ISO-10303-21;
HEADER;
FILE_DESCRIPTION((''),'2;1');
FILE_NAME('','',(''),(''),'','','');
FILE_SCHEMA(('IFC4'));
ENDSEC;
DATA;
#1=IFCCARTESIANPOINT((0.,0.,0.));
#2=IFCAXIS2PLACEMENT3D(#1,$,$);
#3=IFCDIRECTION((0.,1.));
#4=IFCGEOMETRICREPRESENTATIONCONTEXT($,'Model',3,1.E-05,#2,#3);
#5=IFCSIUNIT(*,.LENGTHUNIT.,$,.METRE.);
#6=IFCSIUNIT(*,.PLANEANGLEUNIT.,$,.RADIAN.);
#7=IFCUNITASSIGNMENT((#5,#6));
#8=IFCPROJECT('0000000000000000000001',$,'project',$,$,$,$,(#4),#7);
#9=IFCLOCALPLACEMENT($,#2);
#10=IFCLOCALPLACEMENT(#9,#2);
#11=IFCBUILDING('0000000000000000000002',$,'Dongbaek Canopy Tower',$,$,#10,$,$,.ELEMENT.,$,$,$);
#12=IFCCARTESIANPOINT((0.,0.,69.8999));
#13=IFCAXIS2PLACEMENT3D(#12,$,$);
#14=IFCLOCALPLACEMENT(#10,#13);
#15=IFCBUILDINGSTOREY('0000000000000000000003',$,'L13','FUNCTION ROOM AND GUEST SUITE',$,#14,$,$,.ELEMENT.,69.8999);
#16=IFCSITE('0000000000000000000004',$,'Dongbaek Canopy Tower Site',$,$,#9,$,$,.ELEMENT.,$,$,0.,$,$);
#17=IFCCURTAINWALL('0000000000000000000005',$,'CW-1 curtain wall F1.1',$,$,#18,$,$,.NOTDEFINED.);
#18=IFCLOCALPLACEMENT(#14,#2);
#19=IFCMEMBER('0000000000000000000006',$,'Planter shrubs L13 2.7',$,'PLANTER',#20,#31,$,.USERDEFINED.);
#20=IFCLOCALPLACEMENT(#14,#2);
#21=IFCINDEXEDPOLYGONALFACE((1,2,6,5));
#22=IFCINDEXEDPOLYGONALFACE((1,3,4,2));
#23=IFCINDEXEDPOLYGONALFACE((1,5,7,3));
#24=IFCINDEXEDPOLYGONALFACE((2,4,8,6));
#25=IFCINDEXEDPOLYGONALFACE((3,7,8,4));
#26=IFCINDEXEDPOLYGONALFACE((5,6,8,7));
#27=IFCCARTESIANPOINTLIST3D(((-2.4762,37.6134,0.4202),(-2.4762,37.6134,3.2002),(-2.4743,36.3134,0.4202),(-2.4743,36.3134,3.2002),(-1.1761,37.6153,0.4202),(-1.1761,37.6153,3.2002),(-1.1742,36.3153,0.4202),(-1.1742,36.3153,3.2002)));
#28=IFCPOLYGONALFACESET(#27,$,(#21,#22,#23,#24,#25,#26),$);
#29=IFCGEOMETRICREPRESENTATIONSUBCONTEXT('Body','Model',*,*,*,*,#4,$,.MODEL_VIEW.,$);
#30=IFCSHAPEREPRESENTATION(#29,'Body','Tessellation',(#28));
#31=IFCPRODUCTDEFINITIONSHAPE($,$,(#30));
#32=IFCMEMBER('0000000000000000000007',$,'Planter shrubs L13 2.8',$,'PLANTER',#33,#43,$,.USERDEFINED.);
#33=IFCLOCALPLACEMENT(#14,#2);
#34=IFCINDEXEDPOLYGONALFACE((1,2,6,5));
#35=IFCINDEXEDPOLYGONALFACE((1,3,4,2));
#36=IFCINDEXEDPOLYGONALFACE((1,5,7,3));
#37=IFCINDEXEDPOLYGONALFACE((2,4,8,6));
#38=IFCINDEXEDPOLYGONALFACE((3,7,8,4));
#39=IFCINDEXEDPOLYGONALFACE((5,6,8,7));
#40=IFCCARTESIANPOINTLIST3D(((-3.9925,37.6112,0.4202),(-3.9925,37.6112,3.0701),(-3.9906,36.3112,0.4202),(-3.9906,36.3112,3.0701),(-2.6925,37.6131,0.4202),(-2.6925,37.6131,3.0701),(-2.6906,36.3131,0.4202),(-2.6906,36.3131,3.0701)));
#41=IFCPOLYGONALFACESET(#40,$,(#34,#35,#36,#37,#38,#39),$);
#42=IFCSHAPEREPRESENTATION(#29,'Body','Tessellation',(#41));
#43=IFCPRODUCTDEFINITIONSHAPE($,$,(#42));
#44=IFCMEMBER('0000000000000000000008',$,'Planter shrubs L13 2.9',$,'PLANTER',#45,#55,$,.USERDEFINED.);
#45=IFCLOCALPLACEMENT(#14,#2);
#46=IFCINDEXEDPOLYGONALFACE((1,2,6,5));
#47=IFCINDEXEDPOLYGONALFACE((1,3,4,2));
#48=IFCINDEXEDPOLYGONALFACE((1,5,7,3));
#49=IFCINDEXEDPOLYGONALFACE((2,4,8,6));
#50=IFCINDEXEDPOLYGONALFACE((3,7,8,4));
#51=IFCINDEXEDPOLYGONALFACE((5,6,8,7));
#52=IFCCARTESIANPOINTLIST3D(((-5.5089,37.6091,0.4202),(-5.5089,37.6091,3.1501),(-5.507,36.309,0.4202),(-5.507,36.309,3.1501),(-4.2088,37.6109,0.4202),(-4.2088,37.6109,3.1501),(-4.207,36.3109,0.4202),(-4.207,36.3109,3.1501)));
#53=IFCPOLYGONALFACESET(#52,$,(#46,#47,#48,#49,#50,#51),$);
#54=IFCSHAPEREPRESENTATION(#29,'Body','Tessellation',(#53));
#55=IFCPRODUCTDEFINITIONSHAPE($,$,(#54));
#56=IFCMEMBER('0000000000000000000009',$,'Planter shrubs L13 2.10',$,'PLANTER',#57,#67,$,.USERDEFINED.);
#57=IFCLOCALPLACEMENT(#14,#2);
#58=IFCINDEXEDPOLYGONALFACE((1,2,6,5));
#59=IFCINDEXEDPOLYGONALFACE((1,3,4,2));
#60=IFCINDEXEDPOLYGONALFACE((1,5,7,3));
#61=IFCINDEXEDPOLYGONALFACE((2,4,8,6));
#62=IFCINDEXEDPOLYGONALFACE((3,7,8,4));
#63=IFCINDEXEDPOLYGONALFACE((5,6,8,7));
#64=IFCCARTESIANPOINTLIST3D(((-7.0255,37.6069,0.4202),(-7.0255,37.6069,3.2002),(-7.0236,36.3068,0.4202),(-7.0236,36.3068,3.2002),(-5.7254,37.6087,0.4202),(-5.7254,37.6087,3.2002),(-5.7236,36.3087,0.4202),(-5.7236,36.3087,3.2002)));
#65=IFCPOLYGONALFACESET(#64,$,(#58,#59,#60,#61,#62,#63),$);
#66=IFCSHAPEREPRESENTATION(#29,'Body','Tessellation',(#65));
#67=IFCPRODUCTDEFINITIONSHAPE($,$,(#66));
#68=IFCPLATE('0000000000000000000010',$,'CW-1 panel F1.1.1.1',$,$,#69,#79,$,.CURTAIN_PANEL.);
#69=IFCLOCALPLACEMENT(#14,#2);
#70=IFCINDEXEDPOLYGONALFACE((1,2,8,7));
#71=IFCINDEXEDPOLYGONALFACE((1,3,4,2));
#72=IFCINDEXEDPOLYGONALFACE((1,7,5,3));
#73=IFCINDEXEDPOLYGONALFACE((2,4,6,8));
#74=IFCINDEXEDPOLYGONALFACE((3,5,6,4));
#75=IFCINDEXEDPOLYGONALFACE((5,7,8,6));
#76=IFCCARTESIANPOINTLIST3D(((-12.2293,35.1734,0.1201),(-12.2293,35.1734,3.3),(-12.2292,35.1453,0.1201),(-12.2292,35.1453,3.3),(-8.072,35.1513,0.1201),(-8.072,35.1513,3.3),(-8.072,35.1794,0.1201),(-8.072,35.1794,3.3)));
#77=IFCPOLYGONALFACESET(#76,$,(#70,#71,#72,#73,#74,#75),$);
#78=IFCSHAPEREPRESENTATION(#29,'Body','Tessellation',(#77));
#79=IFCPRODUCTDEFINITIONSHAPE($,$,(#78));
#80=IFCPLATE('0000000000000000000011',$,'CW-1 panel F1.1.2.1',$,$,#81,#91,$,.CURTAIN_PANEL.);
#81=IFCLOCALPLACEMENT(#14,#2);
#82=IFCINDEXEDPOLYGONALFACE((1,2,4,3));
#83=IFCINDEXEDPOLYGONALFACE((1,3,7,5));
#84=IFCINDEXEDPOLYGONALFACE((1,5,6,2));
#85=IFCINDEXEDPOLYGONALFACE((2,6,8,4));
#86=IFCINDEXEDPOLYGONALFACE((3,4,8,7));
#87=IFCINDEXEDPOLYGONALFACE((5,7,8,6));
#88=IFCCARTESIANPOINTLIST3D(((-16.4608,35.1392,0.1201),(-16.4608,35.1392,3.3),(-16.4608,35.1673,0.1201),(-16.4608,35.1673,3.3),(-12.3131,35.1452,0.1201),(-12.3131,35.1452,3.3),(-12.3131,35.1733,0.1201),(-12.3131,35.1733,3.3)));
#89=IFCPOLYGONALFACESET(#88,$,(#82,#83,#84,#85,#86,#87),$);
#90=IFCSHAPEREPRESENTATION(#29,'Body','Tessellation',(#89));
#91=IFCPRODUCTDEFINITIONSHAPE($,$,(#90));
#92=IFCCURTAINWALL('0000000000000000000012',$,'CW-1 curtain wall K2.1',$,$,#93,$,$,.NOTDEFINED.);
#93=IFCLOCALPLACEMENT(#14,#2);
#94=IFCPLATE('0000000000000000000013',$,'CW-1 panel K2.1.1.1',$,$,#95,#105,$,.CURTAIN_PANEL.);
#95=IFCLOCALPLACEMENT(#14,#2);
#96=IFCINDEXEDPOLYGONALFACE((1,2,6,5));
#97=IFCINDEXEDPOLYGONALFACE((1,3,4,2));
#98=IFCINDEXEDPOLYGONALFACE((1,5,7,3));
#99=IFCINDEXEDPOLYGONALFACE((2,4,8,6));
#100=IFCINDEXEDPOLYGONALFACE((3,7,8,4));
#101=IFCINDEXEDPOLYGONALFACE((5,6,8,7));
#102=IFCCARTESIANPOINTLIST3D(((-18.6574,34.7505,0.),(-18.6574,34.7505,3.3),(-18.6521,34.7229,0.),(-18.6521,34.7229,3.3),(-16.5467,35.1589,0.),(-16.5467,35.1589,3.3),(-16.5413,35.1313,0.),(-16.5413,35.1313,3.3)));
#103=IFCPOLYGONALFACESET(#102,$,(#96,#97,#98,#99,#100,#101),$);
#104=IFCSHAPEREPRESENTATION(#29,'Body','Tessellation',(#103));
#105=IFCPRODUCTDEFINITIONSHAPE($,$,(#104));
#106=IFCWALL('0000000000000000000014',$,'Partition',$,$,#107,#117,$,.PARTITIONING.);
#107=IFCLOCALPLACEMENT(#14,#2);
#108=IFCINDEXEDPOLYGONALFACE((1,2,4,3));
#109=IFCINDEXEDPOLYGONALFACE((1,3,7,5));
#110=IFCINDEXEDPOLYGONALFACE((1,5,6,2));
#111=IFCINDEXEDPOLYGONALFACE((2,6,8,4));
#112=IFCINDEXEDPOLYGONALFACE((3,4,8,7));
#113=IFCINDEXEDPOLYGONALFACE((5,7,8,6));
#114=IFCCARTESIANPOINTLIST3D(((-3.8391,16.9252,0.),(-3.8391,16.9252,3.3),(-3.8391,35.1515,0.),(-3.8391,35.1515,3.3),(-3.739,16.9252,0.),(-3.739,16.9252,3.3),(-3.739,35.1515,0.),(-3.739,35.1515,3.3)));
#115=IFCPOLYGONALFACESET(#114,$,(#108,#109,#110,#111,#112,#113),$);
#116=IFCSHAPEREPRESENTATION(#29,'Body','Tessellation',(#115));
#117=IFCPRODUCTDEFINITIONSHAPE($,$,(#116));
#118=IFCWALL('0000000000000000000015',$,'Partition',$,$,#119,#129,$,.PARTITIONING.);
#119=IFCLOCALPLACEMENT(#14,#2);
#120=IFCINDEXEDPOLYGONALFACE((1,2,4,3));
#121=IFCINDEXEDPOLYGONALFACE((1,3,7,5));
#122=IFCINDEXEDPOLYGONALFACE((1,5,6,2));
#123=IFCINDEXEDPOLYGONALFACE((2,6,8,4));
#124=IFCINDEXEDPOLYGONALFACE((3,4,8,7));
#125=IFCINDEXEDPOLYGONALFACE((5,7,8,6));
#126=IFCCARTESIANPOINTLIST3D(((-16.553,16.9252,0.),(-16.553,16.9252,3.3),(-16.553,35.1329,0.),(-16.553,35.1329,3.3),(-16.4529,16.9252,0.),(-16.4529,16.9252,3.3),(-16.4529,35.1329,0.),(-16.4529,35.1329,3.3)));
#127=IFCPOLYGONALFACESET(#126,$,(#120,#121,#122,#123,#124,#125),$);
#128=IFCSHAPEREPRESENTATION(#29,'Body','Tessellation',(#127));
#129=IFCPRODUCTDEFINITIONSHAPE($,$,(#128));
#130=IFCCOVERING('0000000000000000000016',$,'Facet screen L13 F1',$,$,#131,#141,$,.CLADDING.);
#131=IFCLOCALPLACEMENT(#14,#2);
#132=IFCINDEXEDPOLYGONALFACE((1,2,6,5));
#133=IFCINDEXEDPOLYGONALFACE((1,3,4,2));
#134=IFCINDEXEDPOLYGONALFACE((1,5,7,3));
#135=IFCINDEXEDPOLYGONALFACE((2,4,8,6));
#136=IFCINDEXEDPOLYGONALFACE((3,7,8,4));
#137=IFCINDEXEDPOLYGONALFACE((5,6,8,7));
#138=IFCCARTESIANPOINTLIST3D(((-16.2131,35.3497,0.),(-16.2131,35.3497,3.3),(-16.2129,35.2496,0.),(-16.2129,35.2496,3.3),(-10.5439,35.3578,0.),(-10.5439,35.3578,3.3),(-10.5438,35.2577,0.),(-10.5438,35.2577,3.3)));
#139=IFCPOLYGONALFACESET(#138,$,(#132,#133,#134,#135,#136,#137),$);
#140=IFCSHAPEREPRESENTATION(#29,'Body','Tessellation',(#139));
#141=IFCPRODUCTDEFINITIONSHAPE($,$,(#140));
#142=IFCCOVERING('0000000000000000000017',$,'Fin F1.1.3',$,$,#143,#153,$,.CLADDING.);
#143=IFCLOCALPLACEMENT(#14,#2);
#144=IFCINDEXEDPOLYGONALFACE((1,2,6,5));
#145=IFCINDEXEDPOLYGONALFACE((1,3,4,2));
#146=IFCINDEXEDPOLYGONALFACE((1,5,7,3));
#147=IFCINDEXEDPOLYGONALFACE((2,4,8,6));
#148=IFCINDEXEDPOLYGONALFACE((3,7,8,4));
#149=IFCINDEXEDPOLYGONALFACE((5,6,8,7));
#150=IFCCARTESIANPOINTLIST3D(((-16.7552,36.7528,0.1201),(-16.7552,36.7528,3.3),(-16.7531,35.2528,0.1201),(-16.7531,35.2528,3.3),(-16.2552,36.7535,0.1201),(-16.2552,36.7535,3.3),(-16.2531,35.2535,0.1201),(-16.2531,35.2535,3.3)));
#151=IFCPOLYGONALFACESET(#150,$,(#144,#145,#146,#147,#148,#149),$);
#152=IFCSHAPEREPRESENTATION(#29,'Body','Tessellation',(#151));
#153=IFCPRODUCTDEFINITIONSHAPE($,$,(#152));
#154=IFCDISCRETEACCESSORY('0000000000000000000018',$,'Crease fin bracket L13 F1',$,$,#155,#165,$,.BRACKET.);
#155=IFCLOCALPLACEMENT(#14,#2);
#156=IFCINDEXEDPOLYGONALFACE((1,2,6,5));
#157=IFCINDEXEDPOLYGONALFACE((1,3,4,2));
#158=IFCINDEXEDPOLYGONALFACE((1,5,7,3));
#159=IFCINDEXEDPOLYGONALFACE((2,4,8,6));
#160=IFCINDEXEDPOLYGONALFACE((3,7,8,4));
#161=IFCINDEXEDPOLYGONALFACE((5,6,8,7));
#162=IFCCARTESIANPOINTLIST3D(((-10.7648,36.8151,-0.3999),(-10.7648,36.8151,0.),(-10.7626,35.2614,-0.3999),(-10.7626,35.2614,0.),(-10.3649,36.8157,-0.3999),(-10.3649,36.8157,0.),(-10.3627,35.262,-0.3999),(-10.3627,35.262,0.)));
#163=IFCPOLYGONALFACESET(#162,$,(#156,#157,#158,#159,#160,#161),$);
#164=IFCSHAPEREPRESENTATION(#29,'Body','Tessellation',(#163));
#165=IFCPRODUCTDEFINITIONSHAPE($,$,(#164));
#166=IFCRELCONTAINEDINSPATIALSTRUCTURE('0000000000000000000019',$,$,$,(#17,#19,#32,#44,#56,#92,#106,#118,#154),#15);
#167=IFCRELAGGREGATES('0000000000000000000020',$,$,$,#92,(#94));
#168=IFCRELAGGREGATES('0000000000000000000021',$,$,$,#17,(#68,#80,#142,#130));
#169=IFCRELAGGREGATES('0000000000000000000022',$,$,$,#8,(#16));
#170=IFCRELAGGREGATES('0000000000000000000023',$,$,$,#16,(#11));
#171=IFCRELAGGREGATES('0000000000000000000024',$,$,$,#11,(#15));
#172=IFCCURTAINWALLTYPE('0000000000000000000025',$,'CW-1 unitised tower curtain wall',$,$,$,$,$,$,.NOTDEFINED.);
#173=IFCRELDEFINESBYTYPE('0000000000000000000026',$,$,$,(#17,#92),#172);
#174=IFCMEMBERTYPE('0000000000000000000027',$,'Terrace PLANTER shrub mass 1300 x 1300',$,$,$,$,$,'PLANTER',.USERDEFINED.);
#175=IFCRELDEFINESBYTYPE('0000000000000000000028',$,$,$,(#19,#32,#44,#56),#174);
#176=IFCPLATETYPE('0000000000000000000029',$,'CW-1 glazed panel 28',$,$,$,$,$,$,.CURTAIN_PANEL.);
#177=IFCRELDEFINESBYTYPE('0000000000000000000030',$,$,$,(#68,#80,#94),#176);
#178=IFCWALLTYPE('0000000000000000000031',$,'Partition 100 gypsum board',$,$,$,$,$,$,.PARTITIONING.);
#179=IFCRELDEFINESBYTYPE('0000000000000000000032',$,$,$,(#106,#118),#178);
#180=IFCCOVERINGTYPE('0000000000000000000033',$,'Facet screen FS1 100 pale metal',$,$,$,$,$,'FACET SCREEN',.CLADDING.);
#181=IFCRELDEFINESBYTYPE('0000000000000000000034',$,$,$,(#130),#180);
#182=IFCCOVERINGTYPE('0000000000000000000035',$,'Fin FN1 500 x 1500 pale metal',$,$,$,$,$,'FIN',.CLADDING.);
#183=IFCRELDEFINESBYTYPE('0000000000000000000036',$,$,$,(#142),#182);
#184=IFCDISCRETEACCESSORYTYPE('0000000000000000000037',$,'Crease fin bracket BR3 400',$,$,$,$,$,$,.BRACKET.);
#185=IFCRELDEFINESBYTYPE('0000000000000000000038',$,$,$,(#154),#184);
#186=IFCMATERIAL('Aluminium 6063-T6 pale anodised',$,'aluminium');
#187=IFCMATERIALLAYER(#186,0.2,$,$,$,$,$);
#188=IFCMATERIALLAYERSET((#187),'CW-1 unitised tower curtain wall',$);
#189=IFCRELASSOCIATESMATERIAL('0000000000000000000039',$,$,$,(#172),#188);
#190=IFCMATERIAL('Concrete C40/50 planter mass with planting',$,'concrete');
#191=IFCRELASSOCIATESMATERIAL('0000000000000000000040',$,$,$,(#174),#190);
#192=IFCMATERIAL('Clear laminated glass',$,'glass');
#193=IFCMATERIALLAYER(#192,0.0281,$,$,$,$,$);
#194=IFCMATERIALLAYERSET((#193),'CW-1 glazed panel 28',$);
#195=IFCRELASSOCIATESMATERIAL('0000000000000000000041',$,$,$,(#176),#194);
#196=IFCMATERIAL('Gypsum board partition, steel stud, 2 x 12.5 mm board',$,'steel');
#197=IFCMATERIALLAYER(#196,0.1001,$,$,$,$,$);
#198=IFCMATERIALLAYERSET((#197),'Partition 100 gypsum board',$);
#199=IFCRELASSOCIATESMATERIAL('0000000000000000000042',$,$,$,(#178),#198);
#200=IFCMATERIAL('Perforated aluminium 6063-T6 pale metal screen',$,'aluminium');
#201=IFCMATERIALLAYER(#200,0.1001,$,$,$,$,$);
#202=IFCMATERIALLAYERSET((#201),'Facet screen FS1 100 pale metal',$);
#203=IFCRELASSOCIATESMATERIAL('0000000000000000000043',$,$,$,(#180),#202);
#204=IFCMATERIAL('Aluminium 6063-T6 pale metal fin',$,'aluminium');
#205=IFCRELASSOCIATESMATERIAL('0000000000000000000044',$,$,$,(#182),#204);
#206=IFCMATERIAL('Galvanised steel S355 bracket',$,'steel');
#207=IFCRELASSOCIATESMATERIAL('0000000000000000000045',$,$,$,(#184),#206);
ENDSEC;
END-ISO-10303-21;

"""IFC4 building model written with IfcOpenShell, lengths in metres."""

from ifc_helpers import new_model, si_unit, direction, frame, frame_2d, origin, origin_2d, place, context, subcontext, project, spatial, rectangle, extrude, material, layer, layer_set, material_profile, profile_set, type_object, element, aggregate, save


model = new_model("IFC4")

# Units and contexts
model_context = context("Model", 3, precision=1e-05, world=origin(), true_north=direction((0.0, 1.0)))
body_context = subcontext(model_context, "Body", "Model", "MODEL_VIEW")
ifc_project = project(units=[si_unit("LENGTHUNIT", "METRE"), si_unit("PLANEANGLEUNIT", "RADIAN")], contexts=[model_context])

# Site, building, storey
site_placement = place(None, origin())
site = spatial("IfcSite", under=ifc_project, at=site_placement, Name="Dongbaek Canopy Tower Site", CompositionType="ELEMENT", RefElevation=0.0)
building_placement = place(site_placement, origin())
building = spatial("IfcBuilding", under=site, at=building_placement, Name="Dongbaek Canopy Tower", CompositionType="ELEMENT")
storey_placement = place(building_placement, frame((0.0, 0.0, 69.8999)))
storey = spatial("IfcBuildingStorey", under=building, at=storey_placement, Name="L13", Description="FUNCTION ROOM AND GUEST SUITE", CompositionType="ELEMENT", Elevation=69.8999)

# Curtain wall
ifc_material_1 = material(Name="Aluminium 6063-T6 pale anodised", Category="aluminium")
ifc_layer_1 = layer(ifc_material_1, 0.2)
ifc_layer_set_1 = layer_set([ifc_layer_1], Name="CW-1 unitised tower curtain wall")
curtain_wall_type = type_object("IfcCurtainWallType", Name="CW-1 unitised tower curtain wall", PredefinedType="NOTDEFINED", material=ifc_layer_set_1)
curtain_wall_1_placement = place(storey_placement, origin())
curtain_wall_1 = element("IfcCurtainWall", 1, at=curtain_wall_1_placement, inside=storey, type_object=curtain_wall_type, Name="CW-1 curtain wall F1.1", PredefinedType="NOTDEFINED")

# Members
ifc_material_2 = material(Name="Concrete C40/50 planter mass with planting", Category="concrete")
ifc_material_profile_1 = material_profile(ifc_material_2, rectangle(XDim=1.3, YDim=1.3, at=origin_2d()), Name="Terrace PLANTER shrub mass 1300 x 1300")
ifc_profile_set_1 = profile_set([ifc_material_profile_1], Name="Concrete C40/50 planter mass with planting")
member_type_1 = type_object("IfcMemberType", Name="Terrace PLANTER shrub mass 1300 x 1300", ElementType="PLANTER", PredefinedType="USERDEFINED", material=ifc_profile_set_1)
member_1_placement = place(storey_placement, frame((-1.8252, 36.9644, 0.4202), z_axis=(0.0, 0.0, 1.0), x_axis=(-0.001434, 0.999999, 0.0)))
element("IfcMember", 2, at=member_1_placement, inside=storey, type_object=member_type_1, Name="Planter shrubs L13 2.7", ObjectType="PLANTER", PredefinedType="USERDEFINED", context=body_context, shape_type="SweptSolid", body=[
    extrude(rectangle(XDim=1.3, YDim=1.3, at=origin_2d()), origin(), (0.0, 0.0, 1.0), 2.78),
])
member_2_placement = place(storey_placement, frame((-3.3416, 36.9622, 0.4202), z_axis=(0.0, 0.0, 1.0), x_axis=(-0.001434, 0.999999, 0.0)))
element("IfcMember", 3, at=member_2_placement, inside=storey, type_object=member_type_1, Name="Planter shrubs L13 2.8", ObjectType="PLANTER", PredefinedType="USERDEFINED", context=body_context, shape_type="SweptSolid", body=[
    extrude(rectangle(XDim=1.3, YDim=1.3, at=origin_2d()), origin(), (0.0, 0.0, 1.0), 2.6499),
])
member_3_placement = place(storey_placement, frame((-4.8579, 36.96, 0.4202), z_axis=(0.0, 0.0, 1.0), x_axis=(-0.001434, 0.999999, 0.0)))
element("IfcMember", 4, at=member_3_placement, inside=storey, type_object=member_type_1, Name="Planter shrubs L13 2.9", ObjectType="PLANTER", PredefinedType="USERDEFINED", context=body_context, shape_type="SweptSolid", body=[
    extrude(rectangle(XDim=1.3, YDim=1.3, at=origin_2d()), origin(), (0.0, 0.0, 1.0), 2.73),
])
member_4_placement = place(storey_placement, frame((-6.3745, 36.9578, 0.4202), z_axis=(0.0, 0.0, 1.0), x_axis=(-0.001434, 0.999999, 0.0)))
element("IfcMember", 5, at=member_4_placement, inside=storey, type_object=member_type_1, Name="Planter shrubs L13 2.10", ObjectType="PLANTER", PredefinedType="USERDEFINED", context=body_context, shape_type="SweptSolid", body=[
    extrude(rectangle(XDim=1.3, YDim=1.3, at=origin_2d()), origin(), (0.0, 0.0, 1.0), 2.78),
])

# Plates
ifc_material_3 = material(Name="Clear laminated glass", Category="glass")
ifc_layer_2 = layer(ifc_material_3, 0.0281)
ifc_layer_set_2 = layer_set([ifc_layer_2], Name="CW-1 glazed panel 28")
plate_type = type_object("IfcPlateType", Name="CW-1 glazed panel 28", PredefinedType="CURTAIN_PANEL", material=ifc_layer_set_2)
plate_1_placement = place(storey_placement, frame((-10.1506, 35.1624, 0.1201), z_axis=(0.0, 0.0, 1.0), x_axis=(-0.999999, -0.001434, 0.0)))
plate_1 = element("IfcPlate", 6, at=plate_1_placement, type_object=plate_type, Name="CW-1 panel F1.1.1.1", PredefinedType="CURTAIN_PANEL", context=body_context, shape_type="SweptSolid", body=[
    extrude(rectangle(XDim=4.1572, YDim=0.0281, at=origin_2d()), origin(), (0.0, 0.0, 1.0), 3.1799),
])
plate_2_placement = place(storey_placement, frame((-14.387, 35.1562, 0.1201), z_axis=(0.0, 0.0, 1.0), x_axis=(-0.999999, -0.001434, 0.0)))
plate_2 = element("IfcPlate", 7, at=plate_2_placement, type_object=plate_type, Name="CW-1 panel F1.1.2.1", PredefinedType="CURTAIN_PANEL", context=body_context, shape_type="SweptSolid", body=[
    extrude(rectangle(XDim=4.1477, YDim=0.0281, at=origin_2d()), origin(), (0.0, 0.0, 1.0), 3.1799),
])

# Curtain wall, plate
curtain_wall_2_placement = place(storey_placement, origin())
curtain_wall_2 = element("IfcCurtainWall", 8, at=curtain_wall_2_placement, inside=storey, type_object=curtain_wall_type, Name="CW-1 curtain wall K2.1", PredefinedType="NOTDEFINED")
plate_3_placement = place(storey_placement, frame((-17.5994, 34.9409, 0.0), z_axis=(0.0, 0.0, 1.0), x_axis=(-0.981793, -0.189955, 0.0)))
plate_3 = element("IfcPlate", 9, at=plate_3_placement, type_object=plate_type, Name="CW-1 panel K2.1.1.1", PredefinedType="CURTAIN_PANEL", context=body_context, shape_type="SweptSolid", body=[
    extrude(rectangle(XDim=2.1499, YDim=0.0281, at=origin_2d()), origin(), (0.0, 0.0, 1.0), 3.3),
])
aggregate(curtain_wall_2, [plate_3])

# Walls
ifc_material_4 = material(Name="Gypsum board partition, steel stud, 2 x 12.5 mm board", Category="steel")
ifc_layer_3 = layer(ifc_material_4, 0.1001)
ifc_layer_set_3 = layer_set([ifc_layer_3], Name="Partition 100 gypsum board")
wall_type = type_object("IfcWallType", Name="Partition 100 gypsum board", PredefinedType="PARTITIONING", material=ifc_layer_set_3)
wall_1_placement = place(storey_placement, frame((-3.7891, 16.925, 0.0), z_axis=(0.0, 0.0, 1.0), x_axis=(0.0, 1.0, 0.0)))
element("IfcWall", 10, at=wall_1_placement, inside=storey, type_object=wall_type, Name="Partition", PredefinedType="PARTITIONING", context=body_context, shape_type="SweptSolid", body=[
    extrude(rectangle(XDim=18.2263, YDim=0.1001, at=frame_2d((9.1133, 0.0))), origin(), (0.0, 0.0, 1.0), 3.3),
])
wall_2_placement = place(storey_placement, frame((-16.5029, 16.925, 0.0), z_axis=(0.0, 0.0, 1.0), x_axis=(0.0, 1.0, 0.0)))
element("IfcWall", 11, at=wall_2_placement, inside=storey, type_object=wall_type, Name="Partition", PredefinedType="PARTITIONING", context=body_context, shape_type="SweptSolid", body=[
    extrude(rectangle(XDim=18.2078, YDim=0.1001, at=frame_2d((9.104, 0.0))), origin(), (0.0, 0.0, 1.0), 3.3),
])

# Coverings
ifc_material_5 = material(Name="Perforated aluminium 6063-T6 pale metal screen", Category="aluminium")
ifc_layer_4 = layer(ifc_material_5, 0.1001)
ifc_layer_set_4 = layer_set([ifc_layer_4], Name="Facet screen FS1 100 pale metal")
covering_type_1 = type_object("IfcCoveringType", Name="Facet screen FS1 100 pale metal", ElementType="FACET SCREEN", PredefinedType="CLADDING", material=ifc_layer_set_4)
covering_1_placement = place(storey_placement, frame((-13.3784, 35.3037, 0.0), z_axis=(0.0, 0.0, 1.0), x_axis=(-0.999999, -0.001435, 0.0)))
covering_1 = element("IfcCovering", 12, at=covering_1_placement, type_object=covering_type_1, Name="Facet screen L13 F1", PredefinedType="CLADDING", context=body_context, shape_type="SweptSolid", body=[
    extrude(rectangle(XDim=5.6692, YDim=0.1001, at=origin_2d()), origin(), (0.0, 0.0, 1.0), 3.3),
])
ifc_material_6 = material(Name="Aluminium 6063-T6 pale metal fin", Category="aluminium")
ifc_material_profile_2 = material_profile(ifc_material_6, rectangle(XDim=1.5, YDim=0.5, at=origin_2d()), Name="Fin FN1 500 x 1500 pale metal")
ifc_profile_set_2 = profile_set([ifc_material_profile_2], Name="Aluminium 6063-T6 pale metal fin")
covering_type_2 = type_object("IfcCoveringType", Name="Fin FN1 500 x 1500 pale metal", ElementType="FIN", PredefinedType="CLADDING", material=ifc_profile_set_2)
covering_2_placement = place(storey_placement, frame((-16.5042, 36.0032, 0.1201), z_axis=(0.0, 0.0, 1.0), x_axis=(-0.001434, 0.999999, 0.0)))
covering_2 = element("IfcCovering", 13, at=covering_2_placement, type_object=covering_type_2, Name="Fin F1.1.3", PredefinedType="CLADDING", context=body_context, shape_type="SweptSolid", body=[
    extrude(rectangle(XDim=1.5, YDim=0.5, at=origin_2d()), origin(), (0.0, 0.0, 1.0), 3.1799),
])
aggregate(curtain_wall_1, [plate_1, plate_2, covering_2, covering_1])

# Discrete accessory
ifc_material_7 = material(Name="Galvanised steel S355 bracket", Category="steel")
discrete_accessory_type = type_object("IfcDiscreteAccessoryType", Name="Crease fin bracket BR3 400", PredefinedType="BRACKET", material=ifc_material_7)
discrete_accessory_placement = place(storey_placement, frame((-10.5637, 36.0386, -0.3999), z_axis=(0.0, 0.0, 1.0), x_axis=(-0.001435, 0.999999, 0.0)))
element("IfcDiscreteAccessory", 14, at=discrete_accessory_placement, inside=storey, type_object=discrete_accessory_type, Name="Crease fin bracket L13 F1", PredefinedType="BRACKET", context=body_context, shape_type="SweptSolid", body=[
    extrude(rectangle(XDim=1.5537, YDim=0.3999, at=origin_2d()), origin(), (0.0, 0.0, 1.0), 0.3999),
])

save(model, "model.ifc")
